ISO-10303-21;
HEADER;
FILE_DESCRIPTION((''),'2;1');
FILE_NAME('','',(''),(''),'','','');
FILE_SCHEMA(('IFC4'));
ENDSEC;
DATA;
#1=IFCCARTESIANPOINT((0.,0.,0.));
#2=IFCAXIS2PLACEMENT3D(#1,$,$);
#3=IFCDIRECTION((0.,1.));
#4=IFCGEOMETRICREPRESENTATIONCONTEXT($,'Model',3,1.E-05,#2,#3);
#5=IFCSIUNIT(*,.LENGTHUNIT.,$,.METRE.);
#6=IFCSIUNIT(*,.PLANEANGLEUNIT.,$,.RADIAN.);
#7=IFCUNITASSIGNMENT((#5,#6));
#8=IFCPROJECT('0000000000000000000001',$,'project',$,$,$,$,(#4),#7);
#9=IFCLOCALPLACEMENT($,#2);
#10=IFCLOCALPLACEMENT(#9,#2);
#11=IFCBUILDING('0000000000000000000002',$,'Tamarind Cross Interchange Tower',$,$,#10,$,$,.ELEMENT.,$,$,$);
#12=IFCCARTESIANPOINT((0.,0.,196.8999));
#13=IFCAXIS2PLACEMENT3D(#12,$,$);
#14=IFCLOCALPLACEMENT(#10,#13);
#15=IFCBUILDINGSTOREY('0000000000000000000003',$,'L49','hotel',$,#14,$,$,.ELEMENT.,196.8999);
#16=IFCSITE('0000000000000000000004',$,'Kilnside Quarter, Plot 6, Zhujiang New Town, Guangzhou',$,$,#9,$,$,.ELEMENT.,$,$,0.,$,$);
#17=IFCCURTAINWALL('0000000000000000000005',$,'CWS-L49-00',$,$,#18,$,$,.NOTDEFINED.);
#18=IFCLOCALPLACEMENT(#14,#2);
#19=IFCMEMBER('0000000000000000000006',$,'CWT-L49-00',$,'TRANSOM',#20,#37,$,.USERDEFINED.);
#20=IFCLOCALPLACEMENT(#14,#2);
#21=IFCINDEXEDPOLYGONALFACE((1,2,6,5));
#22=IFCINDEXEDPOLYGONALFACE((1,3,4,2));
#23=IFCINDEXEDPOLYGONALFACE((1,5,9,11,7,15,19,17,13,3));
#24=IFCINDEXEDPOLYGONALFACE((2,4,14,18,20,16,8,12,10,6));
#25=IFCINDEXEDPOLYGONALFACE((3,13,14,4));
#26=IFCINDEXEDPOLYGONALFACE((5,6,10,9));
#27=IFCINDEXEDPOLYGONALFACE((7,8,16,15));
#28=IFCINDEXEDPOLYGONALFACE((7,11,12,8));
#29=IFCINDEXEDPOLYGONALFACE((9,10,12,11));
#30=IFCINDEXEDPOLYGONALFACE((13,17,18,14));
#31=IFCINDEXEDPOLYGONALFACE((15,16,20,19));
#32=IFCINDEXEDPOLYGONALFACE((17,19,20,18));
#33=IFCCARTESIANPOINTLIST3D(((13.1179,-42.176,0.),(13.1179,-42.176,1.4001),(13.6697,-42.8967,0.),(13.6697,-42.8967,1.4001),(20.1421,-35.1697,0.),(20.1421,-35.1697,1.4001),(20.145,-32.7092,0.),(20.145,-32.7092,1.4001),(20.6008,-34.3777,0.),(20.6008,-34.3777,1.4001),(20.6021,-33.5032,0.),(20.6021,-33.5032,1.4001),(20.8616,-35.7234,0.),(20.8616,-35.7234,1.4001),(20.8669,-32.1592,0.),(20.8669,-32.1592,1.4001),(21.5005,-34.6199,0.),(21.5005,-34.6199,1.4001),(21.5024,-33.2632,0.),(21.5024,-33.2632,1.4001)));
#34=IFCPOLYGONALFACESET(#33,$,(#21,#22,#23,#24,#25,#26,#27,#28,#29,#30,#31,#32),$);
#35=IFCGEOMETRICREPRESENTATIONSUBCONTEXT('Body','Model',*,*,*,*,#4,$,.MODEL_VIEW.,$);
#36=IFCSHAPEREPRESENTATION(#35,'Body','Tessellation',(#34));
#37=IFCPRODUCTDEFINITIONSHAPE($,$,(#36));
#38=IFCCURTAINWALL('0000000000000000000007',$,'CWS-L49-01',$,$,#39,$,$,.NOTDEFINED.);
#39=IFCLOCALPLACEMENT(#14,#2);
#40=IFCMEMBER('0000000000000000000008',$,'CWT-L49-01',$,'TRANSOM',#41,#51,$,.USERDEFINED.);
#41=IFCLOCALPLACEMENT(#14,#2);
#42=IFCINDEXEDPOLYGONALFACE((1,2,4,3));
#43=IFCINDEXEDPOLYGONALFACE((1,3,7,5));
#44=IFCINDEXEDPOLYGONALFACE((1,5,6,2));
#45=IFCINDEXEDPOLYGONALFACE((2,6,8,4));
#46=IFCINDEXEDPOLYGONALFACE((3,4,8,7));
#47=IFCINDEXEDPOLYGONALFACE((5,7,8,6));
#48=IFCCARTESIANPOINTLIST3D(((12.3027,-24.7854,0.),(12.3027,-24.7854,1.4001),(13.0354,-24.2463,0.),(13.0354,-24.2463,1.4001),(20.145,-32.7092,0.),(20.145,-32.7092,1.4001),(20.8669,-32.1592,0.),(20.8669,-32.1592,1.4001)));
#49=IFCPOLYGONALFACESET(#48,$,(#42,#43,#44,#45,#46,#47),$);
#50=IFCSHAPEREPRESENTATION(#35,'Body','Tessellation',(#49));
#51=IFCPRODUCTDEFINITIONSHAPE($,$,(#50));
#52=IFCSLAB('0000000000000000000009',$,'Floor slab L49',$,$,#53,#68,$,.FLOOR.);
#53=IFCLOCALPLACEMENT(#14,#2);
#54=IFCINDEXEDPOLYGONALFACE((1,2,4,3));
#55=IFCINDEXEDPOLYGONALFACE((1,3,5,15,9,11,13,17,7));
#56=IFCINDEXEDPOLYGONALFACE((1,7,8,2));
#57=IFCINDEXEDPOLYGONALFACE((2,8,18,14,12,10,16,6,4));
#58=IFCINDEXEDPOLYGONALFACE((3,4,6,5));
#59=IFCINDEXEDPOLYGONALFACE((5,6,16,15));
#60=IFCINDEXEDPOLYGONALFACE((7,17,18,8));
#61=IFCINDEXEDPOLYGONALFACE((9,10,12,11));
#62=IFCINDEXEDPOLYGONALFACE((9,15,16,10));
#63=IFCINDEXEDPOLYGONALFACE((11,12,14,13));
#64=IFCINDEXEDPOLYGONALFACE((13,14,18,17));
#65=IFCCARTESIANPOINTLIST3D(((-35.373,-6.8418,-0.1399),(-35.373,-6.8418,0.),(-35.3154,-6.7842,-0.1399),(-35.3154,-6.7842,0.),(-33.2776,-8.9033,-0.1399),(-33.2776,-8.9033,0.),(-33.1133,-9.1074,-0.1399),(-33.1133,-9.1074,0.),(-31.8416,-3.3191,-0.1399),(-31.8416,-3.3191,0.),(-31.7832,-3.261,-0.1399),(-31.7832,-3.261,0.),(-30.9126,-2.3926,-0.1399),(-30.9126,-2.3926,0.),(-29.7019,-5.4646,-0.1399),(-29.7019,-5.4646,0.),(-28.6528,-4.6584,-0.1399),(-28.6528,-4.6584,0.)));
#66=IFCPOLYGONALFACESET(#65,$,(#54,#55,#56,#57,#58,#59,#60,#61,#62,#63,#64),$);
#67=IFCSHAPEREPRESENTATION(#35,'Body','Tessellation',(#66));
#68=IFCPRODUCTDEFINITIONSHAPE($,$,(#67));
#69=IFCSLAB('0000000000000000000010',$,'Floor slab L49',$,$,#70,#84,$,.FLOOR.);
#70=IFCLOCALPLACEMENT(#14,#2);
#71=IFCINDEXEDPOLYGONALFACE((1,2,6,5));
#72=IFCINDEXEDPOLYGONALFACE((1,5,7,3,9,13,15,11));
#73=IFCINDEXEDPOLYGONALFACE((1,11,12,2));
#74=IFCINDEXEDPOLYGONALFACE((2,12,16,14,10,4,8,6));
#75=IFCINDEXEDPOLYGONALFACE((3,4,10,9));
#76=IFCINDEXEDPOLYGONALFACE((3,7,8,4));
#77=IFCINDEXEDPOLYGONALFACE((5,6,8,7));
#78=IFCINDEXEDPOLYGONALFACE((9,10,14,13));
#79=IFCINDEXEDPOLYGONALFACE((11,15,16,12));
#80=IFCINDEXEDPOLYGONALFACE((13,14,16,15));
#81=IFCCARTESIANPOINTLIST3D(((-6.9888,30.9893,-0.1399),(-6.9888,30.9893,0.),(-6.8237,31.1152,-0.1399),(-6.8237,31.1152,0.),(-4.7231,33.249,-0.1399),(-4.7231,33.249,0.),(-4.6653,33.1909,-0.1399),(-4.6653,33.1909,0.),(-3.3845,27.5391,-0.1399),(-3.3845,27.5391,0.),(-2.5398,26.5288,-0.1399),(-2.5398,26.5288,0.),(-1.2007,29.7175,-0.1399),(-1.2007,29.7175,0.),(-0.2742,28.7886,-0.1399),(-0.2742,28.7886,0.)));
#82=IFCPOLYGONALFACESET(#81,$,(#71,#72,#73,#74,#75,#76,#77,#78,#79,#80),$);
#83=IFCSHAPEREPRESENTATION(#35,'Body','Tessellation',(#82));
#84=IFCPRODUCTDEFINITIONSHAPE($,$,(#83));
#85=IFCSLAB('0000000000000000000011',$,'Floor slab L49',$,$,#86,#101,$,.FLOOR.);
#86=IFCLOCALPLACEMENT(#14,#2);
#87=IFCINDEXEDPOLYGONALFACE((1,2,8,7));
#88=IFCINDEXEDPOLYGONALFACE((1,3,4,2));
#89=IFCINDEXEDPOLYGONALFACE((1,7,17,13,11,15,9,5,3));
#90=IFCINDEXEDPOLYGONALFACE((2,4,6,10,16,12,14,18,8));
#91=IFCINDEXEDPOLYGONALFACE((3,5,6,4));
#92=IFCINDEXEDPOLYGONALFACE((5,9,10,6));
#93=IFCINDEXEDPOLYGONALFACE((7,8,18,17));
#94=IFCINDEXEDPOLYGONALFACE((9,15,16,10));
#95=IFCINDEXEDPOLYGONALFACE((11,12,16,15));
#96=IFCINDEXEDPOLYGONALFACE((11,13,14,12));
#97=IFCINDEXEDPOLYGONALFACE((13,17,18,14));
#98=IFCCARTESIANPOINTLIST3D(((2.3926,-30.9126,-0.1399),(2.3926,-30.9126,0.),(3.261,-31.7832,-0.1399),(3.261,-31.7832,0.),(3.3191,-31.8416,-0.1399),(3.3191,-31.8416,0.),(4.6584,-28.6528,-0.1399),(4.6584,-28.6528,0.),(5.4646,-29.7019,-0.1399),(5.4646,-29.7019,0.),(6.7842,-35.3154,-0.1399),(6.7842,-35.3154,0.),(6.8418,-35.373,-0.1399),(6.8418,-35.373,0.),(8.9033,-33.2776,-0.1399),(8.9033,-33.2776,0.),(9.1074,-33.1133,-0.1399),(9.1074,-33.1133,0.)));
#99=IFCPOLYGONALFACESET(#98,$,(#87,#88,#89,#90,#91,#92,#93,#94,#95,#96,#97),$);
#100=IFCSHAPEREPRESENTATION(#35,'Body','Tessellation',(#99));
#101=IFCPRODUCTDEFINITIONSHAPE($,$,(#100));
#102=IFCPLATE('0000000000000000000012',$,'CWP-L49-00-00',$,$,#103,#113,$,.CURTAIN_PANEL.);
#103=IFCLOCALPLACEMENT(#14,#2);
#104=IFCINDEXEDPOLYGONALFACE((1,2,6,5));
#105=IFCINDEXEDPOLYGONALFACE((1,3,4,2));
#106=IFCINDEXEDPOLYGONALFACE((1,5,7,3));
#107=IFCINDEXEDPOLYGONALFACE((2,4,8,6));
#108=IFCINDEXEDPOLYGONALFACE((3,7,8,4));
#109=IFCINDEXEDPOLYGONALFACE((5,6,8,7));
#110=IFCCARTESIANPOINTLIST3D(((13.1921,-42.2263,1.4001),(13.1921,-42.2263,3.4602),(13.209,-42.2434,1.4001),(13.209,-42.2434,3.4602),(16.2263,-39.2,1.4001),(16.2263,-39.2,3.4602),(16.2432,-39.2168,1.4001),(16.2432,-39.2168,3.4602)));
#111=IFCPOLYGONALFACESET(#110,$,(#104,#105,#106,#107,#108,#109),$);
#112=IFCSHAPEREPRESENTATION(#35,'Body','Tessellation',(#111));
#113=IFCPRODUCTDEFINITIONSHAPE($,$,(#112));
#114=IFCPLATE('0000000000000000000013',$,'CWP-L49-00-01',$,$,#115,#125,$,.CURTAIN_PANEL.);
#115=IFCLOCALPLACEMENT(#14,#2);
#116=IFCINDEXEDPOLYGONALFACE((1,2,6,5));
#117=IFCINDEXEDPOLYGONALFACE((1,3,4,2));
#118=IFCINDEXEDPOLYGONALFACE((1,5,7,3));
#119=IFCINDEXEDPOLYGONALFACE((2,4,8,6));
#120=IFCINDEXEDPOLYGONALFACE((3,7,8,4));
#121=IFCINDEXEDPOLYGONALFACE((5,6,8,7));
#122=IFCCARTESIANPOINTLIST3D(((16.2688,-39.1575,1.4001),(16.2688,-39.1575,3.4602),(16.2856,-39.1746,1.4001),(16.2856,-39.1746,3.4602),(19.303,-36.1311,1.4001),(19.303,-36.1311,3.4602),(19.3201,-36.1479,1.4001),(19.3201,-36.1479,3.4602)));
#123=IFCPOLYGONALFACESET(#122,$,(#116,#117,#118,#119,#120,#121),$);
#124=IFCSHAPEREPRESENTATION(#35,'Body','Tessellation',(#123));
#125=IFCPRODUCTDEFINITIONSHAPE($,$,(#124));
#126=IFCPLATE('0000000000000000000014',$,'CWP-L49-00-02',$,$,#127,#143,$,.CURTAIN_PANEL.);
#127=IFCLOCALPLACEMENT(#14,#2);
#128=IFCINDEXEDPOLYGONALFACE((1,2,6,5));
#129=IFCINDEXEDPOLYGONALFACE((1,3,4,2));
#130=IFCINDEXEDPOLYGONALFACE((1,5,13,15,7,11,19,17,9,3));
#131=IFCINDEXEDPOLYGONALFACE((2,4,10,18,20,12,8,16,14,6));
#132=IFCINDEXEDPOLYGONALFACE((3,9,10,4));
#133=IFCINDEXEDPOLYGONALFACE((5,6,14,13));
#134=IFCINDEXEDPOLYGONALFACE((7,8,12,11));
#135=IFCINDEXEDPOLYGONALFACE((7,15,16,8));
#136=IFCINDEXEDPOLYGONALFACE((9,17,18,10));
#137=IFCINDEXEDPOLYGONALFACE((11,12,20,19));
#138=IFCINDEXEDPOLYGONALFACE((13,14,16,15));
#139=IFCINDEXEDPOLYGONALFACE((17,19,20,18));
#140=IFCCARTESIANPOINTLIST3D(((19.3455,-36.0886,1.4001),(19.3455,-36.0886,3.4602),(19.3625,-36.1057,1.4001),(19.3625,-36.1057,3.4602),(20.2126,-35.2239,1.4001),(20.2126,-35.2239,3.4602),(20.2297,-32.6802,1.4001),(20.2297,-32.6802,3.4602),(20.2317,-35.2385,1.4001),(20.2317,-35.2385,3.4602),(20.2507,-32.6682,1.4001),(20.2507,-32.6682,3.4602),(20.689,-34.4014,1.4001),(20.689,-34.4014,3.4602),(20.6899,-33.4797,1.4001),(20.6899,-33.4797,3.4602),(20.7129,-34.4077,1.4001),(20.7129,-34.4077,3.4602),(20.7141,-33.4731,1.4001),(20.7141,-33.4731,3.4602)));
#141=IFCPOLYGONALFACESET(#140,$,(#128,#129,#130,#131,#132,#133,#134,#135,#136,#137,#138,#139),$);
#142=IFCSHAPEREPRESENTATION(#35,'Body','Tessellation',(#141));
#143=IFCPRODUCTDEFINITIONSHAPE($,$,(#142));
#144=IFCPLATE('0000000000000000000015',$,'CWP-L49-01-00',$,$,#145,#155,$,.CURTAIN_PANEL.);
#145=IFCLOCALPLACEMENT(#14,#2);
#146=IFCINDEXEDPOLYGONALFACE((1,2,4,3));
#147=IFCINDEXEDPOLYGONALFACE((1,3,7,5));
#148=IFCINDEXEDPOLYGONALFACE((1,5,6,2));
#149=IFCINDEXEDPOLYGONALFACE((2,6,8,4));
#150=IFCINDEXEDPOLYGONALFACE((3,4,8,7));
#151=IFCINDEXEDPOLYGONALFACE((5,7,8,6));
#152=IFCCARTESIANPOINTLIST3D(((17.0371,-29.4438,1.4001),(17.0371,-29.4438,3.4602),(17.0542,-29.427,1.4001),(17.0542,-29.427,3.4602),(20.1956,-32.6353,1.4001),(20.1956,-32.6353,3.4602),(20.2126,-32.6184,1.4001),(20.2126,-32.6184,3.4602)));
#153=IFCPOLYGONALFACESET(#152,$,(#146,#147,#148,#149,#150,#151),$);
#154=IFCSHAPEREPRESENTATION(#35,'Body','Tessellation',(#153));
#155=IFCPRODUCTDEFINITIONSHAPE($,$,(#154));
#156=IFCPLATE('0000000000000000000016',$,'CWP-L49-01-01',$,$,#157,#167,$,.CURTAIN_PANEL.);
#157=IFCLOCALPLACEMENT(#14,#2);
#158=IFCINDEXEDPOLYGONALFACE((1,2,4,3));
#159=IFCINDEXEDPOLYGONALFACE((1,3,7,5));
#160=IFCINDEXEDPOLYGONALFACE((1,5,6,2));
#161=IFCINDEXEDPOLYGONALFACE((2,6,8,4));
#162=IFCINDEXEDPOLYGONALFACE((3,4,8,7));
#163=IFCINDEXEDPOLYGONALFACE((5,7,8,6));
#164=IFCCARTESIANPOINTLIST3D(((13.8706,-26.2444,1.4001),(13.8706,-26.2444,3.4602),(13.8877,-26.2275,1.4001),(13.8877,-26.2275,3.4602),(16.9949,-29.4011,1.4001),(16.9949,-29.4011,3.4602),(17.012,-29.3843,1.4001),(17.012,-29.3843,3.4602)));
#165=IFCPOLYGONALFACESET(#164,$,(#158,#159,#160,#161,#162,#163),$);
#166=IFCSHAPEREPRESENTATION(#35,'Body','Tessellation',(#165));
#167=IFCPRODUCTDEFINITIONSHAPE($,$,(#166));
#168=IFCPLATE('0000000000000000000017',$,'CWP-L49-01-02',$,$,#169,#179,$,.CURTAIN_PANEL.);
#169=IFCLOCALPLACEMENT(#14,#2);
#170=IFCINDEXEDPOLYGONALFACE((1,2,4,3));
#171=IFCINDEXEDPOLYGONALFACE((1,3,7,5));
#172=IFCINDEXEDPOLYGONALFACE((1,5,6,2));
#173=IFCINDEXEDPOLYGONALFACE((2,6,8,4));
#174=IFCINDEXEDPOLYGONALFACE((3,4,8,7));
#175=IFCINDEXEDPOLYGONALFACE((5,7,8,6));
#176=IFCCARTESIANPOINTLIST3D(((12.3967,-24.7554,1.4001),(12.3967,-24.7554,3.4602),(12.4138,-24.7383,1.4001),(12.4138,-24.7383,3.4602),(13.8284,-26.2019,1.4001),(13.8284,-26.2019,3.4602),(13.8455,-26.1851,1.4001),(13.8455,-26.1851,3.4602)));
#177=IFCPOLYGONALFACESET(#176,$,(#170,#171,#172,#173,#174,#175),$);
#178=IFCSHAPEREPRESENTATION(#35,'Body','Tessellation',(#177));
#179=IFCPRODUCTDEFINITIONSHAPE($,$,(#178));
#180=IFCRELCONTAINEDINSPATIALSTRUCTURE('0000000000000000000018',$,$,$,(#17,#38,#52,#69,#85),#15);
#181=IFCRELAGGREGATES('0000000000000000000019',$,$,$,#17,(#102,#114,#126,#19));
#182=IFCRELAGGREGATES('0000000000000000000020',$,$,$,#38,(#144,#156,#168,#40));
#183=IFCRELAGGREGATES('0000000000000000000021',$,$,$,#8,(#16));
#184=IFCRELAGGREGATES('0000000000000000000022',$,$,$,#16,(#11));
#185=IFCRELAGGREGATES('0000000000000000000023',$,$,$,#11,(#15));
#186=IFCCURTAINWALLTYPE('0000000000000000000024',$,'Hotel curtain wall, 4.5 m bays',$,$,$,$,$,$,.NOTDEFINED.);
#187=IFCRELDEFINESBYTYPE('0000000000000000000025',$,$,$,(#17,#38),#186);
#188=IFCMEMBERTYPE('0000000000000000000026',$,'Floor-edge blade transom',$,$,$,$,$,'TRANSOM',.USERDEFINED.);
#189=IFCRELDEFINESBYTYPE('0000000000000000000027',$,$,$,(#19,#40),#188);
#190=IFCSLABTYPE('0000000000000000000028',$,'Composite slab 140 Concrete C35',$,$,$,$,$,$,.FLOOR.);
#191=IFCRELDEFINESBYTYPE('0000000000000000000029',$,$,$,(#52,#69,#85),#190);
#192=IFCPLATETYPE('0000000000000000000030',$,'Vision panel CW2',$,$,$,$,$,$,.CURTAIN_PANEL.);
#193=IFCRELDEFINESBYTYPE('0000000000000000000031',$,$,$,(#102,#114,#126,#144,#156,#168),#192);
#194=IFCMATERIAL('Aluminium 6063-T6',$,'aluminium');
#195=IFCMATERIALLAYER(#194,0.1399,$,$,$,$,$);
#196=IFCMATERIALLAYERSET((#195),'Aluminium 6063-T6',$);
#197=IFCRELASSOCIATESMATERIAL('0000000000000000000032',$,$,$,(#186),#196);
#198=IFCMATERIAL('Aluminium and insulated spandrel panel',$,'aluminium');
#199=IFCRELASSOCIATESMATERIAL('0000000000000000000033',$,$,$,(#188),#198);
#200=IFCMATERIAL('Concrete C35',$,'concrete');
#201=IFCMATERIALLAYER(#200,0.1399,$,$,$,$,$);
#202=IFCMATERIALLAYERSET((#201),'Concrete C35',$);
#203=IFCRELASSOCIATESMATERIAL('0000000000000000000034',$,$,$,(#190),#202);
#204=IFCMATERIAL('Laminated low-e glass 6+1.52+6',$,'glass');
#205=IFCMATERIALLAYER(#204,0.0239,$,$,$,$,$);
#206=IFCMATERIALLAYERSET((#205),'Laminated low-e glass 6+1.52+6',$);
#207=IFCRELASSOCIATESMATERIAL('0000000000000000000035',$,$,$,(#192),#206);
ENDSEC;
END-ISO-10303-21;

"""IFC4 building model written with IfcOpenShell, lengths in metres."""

from ifc_helpers import new_model, si_unit, direction, frame, origin, place, context, subcontext, project, spatial, polyline, outline, extrude, material, layer, layer_set, type_object, element, aggregate, save


model = new_model("IFC4")

# Units and contexts
model_context = context("Model", 3, precision=1e-05, world=origin(), true_north=direction((0.0, 1.0)))
body_context = subcontext(model_context, "Body", "Model", "MODEL_VIEW")
ifc_project = project(units=[si_unit("LENGTHUNIT", "METRE"), si_unit("PLANEANGLEUNIT", "RADIAN")], contexts=[model_context])

# Site, building, storey
site_placement = place(None, origin())
site = spatial("IfcSite", under=ifc_project, at=site_placement, Name="Kilnside Quarter, Plot 6, Zhujiang New Town, Guangzhou", CompositionType="ELEMENT", RefElevation=0.0)
building_placement = place(site_placement, origin())
building = spatial("IfcBuilding", under=site, at=building_placement, Name="Tamarind Cross Interchange Tower", CompositionType="ELEMENT")
storey_placement = place(building_placement, frame((0.0, 0.0, 196.8999)))
storey = spatial("IfcBuildingStorey", under=building, at=storey_placement, Name="L49", Description="hotel", CompositionType="ELEMENT", Elevation=196.8999)

# Curtain walls, members
ifc_material_1 = material(Name="Aluminium 6063-T6", Category="aluminium")
ifc_layer_1 = layer(ifc_material_1, 0.1399)
ifc_layer_set_1 = layer_set([ifc_layer_1], Name="Aluminium 6063-T6")
curtain_wall_type = type_object("IfcCurtainWallType", Name="Hotel curtain wall, 4.5 m bays", PredefinedType="NOTDEFINED", material=ifc_layer_set_1)
curtain_wall_1_placement = place(storey_placement, origin())
curtain_wall_1 = element("IfcCurtainWall", 1, at=curtain_wall_1_placement, inside=storey, type_object=curtain_wall_type, Name="CWS-L49-00", PredefinedType="NOTDEFINED")
ifc_material_2 = material(Name="Aluminium and insulated spandrel panel", Category="aluminium")
member_type = type_object("IfcMemberType", Name="Floor-edge blade transom", ElementType="TRANSOM", PredefinedType="USERDEFINED", material=ifc_material_2)
member_1_placement = place(storey_placement, origin())
member_1 = element("IfcMember", 2, at=member_1_placement, type_object=member_type, Name="CWT-L49-00", ObjectType="TRANSOM", PredefinedType="USERDEFINED", context=body_context, shape_type="SweptSolid", body=[
    extrude(outline(polyline([(13.1179, -42.176), (20.1421, -35.1697), (20.6008, -34.3777), (20.6021, -33.5032), (20.145, -32.7092), (20.8669, -32.1592), (21.5024, -33.2632), (21.5005, -34.6199), (20.8616, -35.7234), (13.6697, -42.8967), (13.1179, -42.176)])), origin(), (0.0, 0.0, 1.0), 1.4001),
])
curtain_wall_2_placement = place(storey_placement, origin())
curtain_wall_2 = element("IfcCurtainWall", 3, at=curtain_wall_2_placement, inside=storey, type_object=curtain_wall_type, Name="CWS-L49-01", PredefinedType="NOTDEFINED")
member_2_placement = place(storey_placement, origin())
member_2 = element("IfcMember", 4, at=member_2_placement, type_object=member_type, Name="CWT-L49-01", ObjectType="TRANSOM", PredefinedType="USERDEFINED", context=body_context, shape_type="SweptSolid", body=[
    extrude(outline(polyline([(20.145, -32.7092), (12.3027, -24.7854), (13.0354, -24.2463), (20.8669, -32.1592), (20.145, -32.7092)])), origin(), (0.0, 0.0, 1.0), 1.4001),
])

# Slabs
ifc_material_3 = material(Name="Concrete C35", Category="concrete")
ifc_layer_2 = layer(ifc_material_3, 0.1399)
ifc_layer_set_2 = layer_set([ifc_layer_2], Name="Concrete C35")
slab_type = type_object("IfcSlabType", Name="Composite slab 140 Concrete C35", PredefinedType="FLOOR", material=ifc_layer_set_2)
slab_1_placement = place(storey_placement, frame((0.0, 0.0, -0.1399)))
element("IfcSlab", 5, at=slab_1_placement, inside=storey, type_object=slab_type, Name="Floor slab L49", PredefinedType="FLOOR", context=body_context, shape_type="SweptSolid", body=[
    extrude(outline(polyline([(-28.6528, -4.6584), (-30.9126, -2.3926), (-31.7832, -3.261), (-31.8416, -3.3191), (-29.7019, -5.4646), (-33.2776, -8.9033), (-35.3154, -6.7842), (-35.373, -6.8418), (-33.1133, -9.1074), (-28.6528, -4.6584)])), origin(), (0.0, 0.0, 1.0), 0.1399),
])
slab_2_placement = place(storey_placement, frame((0.0, 0.0, -0.1399)))
element("IfcSlab", 6, at=slab_2_placement, inside=storey, type_object=slab_type, Name="Floor slab L49", PredefinedType="FLOOR", context=body_context, shape_type="SweptSolid", body=[
    extrude(outline(polyline([(-4.7231, 33.249), (-6.9888, 30.9893), (-2.5398, 26.5288), (-0.2742, 28.7886), (-1.2007, 29.7175), (-3.3845, 27.5391), (-6.8237, 31.1152), (-4.6653, 33.1909), (-4.7231, 33.249)])), origin(), (0.0, 0.0, 1.0), 0.1399),
])
slab_3_placement = place(storey_placement, frame((0.0, 0.0, -0.1399)))
element("IfcSlab", 7, at=slab_3_placement, inside=storey, type_object=slab_type, Name="Floor slab L49", PredefinedType="FLOOR", context=body_context, shape_type="SweptSolid", body=[
    extrude(outline(polyline([(2.3926, -30.9126), (3.261, -31.7832), (3.3191, -31.8416), (5.4646, -29.7019), (8.9033, -33.2776), (6.7842, -35.3154), (6.8418, -35.373), (9.1074, -33.1133), (4.6584, -28.6528), (2.3926, -30.9126)])), origin(), (0.0, 0.0, 1.0), 0.1399),
])

# Plates
ifc_material_4 = material(Name="Laminated low-e glass 6+1.52+6", Category="glass")
ifc_layer_3 = layer(ifc_material_4, 0.0239)
ifc_layer_set_3 = layer_set([ifc_layer_3], Name="Laminated low-e glass 6+1.52+6")
plate_type = type_object("IfcPlateType", Name="Vision panel CW2", PredefinedType="CURTAIN_PANEL", material=ifc_layer_set_3)
plate_1_placement = place(storey_placement, frame((0.0, 0.0, 1.4001)))
plate_1 = element("IfcPlate", 8, at=plate_1_placement, type_object=plate_type, Name="CWP-L49-00-00", PredefinedType="CURTAIN_PANEL", context=body_context, shape_type="SweptSolid", body=[
    extrude(outline(polyline([(13.1921, -42.2263), (16.2263, -39.2), (16.2432, -39.2168), (13.209, -42.2434), (13.1921, -42.2263)])), origin(), (0.0, 0.0, 1.0), 2.0601),
])
plate_2_placement = place(storey_placement, frame((0.0, 0.0, 1.4001)))
plate_2 = element("IfcPlate", 9, at=plate_2_placement, type_object=plate_type, Name="CWP-L49-00-01", PredefinedType="CURTAIN_PANEL", context=body_context, shape_type="SweptSolid", body=[
    extrude(outline(polyline([(16.2688, -39.1575), (19.303, -36.1311), (19.3201, -36.1479), (16.2856, -39.1746), (16.2688, -39.1575)])), origin(), (0.0, 0.0, 1.0), 2.0601),
])
plate_3_placement = place(storey_placement, frame((0.0, 0.0, 1.4001)))
plate_3 = element("IfcPlate", 10, at=plate_3_placement, type_object=plate_type, Name="CWP-L49-00-02", PredefinedType="CURTAIN_PANEL", context=body_context, shape_type="SweptSolid", body=[
    extrude(outline(polyline([(19.3455, -36.0886), (20.2126, -35.2239), (20.689, -34.4014), (20.6899, -33.4797), (20.2297, -32.6802), (20.2507, -32.6682), (20.7141, -33.4731), (20.7129, -34.4077), (20.2317, -35.2385), (19.3625, -36.1057), (19.3455, -36.0886)])), origin(), (0.0, 0.0, 1.0), 2.0601),
])
aggregate(curtain_wall_1, [plate_1, plate_2, plate_3, member_1])
plate_4_placement = place(storey_placement, frame((0.0, 0.0, 1.4001)))
plate_4 = element("IfcPlate", 11, at=plate_4_placement, type_object=plate_type, Name="CWP-L49-01-00", PredefinedType="CURTAIN_PANEL", context=body_context, shape_type="SweptSolid", body=[
    extrude(outline(polyline([(20.1956, -32.6353), (17.0371, -29.4438), (17.0542, -29.427), (20.2126, -32.6184), (20.1956, -32.6353)])), origin(), (0.0, 0.0, 1.0), 2.0601),
])
plate_5_placement = place(storey_placement, frame((0.0, 0.0, 1.4001)))
plate_5 = element("IfcPlate", 12, at=plate_5_placement, type_object=plate_type, Name="CWP-L49-01-01", PredefinedType="CURTAIN_PANEL", context=body_context, shape_type="SweptSolid", body=[
    extrude(outline(polyline([(16.9949, -29.4011), (13.8706, -26.2444), (13.8877, -26.2275), (17.012, -29.3843), (16.9949, -29.4011)])), origin(), (0.0, 0.0, 1.0), 2.0601),
])
plate_6_placement = place(storey_placement, frame((0.0, 0.0, 1.4001)))
plate_6 = element("IfcPlate", 13, at=plate_6_placement, type_object=plate_type, Name="CWP-L49-01-02", PredefinedType="CURTAIN_PANEL", context=body_context, shape_type="SweptSolid", body=[
    extrude(outline(polyline([(13.8284, -26.2019), (12.3967, -24.7554), (12.4138, -24.7383), (13.8455, -26.1851), (13.8284, -26.2019)])), origin(), (0.0, 0.0, 1.0), 2.0601),
])
aggregate(curtain_wall_2, [plate_4, plate_5, plate_6, member_2])

save(model, "model.ifc")
